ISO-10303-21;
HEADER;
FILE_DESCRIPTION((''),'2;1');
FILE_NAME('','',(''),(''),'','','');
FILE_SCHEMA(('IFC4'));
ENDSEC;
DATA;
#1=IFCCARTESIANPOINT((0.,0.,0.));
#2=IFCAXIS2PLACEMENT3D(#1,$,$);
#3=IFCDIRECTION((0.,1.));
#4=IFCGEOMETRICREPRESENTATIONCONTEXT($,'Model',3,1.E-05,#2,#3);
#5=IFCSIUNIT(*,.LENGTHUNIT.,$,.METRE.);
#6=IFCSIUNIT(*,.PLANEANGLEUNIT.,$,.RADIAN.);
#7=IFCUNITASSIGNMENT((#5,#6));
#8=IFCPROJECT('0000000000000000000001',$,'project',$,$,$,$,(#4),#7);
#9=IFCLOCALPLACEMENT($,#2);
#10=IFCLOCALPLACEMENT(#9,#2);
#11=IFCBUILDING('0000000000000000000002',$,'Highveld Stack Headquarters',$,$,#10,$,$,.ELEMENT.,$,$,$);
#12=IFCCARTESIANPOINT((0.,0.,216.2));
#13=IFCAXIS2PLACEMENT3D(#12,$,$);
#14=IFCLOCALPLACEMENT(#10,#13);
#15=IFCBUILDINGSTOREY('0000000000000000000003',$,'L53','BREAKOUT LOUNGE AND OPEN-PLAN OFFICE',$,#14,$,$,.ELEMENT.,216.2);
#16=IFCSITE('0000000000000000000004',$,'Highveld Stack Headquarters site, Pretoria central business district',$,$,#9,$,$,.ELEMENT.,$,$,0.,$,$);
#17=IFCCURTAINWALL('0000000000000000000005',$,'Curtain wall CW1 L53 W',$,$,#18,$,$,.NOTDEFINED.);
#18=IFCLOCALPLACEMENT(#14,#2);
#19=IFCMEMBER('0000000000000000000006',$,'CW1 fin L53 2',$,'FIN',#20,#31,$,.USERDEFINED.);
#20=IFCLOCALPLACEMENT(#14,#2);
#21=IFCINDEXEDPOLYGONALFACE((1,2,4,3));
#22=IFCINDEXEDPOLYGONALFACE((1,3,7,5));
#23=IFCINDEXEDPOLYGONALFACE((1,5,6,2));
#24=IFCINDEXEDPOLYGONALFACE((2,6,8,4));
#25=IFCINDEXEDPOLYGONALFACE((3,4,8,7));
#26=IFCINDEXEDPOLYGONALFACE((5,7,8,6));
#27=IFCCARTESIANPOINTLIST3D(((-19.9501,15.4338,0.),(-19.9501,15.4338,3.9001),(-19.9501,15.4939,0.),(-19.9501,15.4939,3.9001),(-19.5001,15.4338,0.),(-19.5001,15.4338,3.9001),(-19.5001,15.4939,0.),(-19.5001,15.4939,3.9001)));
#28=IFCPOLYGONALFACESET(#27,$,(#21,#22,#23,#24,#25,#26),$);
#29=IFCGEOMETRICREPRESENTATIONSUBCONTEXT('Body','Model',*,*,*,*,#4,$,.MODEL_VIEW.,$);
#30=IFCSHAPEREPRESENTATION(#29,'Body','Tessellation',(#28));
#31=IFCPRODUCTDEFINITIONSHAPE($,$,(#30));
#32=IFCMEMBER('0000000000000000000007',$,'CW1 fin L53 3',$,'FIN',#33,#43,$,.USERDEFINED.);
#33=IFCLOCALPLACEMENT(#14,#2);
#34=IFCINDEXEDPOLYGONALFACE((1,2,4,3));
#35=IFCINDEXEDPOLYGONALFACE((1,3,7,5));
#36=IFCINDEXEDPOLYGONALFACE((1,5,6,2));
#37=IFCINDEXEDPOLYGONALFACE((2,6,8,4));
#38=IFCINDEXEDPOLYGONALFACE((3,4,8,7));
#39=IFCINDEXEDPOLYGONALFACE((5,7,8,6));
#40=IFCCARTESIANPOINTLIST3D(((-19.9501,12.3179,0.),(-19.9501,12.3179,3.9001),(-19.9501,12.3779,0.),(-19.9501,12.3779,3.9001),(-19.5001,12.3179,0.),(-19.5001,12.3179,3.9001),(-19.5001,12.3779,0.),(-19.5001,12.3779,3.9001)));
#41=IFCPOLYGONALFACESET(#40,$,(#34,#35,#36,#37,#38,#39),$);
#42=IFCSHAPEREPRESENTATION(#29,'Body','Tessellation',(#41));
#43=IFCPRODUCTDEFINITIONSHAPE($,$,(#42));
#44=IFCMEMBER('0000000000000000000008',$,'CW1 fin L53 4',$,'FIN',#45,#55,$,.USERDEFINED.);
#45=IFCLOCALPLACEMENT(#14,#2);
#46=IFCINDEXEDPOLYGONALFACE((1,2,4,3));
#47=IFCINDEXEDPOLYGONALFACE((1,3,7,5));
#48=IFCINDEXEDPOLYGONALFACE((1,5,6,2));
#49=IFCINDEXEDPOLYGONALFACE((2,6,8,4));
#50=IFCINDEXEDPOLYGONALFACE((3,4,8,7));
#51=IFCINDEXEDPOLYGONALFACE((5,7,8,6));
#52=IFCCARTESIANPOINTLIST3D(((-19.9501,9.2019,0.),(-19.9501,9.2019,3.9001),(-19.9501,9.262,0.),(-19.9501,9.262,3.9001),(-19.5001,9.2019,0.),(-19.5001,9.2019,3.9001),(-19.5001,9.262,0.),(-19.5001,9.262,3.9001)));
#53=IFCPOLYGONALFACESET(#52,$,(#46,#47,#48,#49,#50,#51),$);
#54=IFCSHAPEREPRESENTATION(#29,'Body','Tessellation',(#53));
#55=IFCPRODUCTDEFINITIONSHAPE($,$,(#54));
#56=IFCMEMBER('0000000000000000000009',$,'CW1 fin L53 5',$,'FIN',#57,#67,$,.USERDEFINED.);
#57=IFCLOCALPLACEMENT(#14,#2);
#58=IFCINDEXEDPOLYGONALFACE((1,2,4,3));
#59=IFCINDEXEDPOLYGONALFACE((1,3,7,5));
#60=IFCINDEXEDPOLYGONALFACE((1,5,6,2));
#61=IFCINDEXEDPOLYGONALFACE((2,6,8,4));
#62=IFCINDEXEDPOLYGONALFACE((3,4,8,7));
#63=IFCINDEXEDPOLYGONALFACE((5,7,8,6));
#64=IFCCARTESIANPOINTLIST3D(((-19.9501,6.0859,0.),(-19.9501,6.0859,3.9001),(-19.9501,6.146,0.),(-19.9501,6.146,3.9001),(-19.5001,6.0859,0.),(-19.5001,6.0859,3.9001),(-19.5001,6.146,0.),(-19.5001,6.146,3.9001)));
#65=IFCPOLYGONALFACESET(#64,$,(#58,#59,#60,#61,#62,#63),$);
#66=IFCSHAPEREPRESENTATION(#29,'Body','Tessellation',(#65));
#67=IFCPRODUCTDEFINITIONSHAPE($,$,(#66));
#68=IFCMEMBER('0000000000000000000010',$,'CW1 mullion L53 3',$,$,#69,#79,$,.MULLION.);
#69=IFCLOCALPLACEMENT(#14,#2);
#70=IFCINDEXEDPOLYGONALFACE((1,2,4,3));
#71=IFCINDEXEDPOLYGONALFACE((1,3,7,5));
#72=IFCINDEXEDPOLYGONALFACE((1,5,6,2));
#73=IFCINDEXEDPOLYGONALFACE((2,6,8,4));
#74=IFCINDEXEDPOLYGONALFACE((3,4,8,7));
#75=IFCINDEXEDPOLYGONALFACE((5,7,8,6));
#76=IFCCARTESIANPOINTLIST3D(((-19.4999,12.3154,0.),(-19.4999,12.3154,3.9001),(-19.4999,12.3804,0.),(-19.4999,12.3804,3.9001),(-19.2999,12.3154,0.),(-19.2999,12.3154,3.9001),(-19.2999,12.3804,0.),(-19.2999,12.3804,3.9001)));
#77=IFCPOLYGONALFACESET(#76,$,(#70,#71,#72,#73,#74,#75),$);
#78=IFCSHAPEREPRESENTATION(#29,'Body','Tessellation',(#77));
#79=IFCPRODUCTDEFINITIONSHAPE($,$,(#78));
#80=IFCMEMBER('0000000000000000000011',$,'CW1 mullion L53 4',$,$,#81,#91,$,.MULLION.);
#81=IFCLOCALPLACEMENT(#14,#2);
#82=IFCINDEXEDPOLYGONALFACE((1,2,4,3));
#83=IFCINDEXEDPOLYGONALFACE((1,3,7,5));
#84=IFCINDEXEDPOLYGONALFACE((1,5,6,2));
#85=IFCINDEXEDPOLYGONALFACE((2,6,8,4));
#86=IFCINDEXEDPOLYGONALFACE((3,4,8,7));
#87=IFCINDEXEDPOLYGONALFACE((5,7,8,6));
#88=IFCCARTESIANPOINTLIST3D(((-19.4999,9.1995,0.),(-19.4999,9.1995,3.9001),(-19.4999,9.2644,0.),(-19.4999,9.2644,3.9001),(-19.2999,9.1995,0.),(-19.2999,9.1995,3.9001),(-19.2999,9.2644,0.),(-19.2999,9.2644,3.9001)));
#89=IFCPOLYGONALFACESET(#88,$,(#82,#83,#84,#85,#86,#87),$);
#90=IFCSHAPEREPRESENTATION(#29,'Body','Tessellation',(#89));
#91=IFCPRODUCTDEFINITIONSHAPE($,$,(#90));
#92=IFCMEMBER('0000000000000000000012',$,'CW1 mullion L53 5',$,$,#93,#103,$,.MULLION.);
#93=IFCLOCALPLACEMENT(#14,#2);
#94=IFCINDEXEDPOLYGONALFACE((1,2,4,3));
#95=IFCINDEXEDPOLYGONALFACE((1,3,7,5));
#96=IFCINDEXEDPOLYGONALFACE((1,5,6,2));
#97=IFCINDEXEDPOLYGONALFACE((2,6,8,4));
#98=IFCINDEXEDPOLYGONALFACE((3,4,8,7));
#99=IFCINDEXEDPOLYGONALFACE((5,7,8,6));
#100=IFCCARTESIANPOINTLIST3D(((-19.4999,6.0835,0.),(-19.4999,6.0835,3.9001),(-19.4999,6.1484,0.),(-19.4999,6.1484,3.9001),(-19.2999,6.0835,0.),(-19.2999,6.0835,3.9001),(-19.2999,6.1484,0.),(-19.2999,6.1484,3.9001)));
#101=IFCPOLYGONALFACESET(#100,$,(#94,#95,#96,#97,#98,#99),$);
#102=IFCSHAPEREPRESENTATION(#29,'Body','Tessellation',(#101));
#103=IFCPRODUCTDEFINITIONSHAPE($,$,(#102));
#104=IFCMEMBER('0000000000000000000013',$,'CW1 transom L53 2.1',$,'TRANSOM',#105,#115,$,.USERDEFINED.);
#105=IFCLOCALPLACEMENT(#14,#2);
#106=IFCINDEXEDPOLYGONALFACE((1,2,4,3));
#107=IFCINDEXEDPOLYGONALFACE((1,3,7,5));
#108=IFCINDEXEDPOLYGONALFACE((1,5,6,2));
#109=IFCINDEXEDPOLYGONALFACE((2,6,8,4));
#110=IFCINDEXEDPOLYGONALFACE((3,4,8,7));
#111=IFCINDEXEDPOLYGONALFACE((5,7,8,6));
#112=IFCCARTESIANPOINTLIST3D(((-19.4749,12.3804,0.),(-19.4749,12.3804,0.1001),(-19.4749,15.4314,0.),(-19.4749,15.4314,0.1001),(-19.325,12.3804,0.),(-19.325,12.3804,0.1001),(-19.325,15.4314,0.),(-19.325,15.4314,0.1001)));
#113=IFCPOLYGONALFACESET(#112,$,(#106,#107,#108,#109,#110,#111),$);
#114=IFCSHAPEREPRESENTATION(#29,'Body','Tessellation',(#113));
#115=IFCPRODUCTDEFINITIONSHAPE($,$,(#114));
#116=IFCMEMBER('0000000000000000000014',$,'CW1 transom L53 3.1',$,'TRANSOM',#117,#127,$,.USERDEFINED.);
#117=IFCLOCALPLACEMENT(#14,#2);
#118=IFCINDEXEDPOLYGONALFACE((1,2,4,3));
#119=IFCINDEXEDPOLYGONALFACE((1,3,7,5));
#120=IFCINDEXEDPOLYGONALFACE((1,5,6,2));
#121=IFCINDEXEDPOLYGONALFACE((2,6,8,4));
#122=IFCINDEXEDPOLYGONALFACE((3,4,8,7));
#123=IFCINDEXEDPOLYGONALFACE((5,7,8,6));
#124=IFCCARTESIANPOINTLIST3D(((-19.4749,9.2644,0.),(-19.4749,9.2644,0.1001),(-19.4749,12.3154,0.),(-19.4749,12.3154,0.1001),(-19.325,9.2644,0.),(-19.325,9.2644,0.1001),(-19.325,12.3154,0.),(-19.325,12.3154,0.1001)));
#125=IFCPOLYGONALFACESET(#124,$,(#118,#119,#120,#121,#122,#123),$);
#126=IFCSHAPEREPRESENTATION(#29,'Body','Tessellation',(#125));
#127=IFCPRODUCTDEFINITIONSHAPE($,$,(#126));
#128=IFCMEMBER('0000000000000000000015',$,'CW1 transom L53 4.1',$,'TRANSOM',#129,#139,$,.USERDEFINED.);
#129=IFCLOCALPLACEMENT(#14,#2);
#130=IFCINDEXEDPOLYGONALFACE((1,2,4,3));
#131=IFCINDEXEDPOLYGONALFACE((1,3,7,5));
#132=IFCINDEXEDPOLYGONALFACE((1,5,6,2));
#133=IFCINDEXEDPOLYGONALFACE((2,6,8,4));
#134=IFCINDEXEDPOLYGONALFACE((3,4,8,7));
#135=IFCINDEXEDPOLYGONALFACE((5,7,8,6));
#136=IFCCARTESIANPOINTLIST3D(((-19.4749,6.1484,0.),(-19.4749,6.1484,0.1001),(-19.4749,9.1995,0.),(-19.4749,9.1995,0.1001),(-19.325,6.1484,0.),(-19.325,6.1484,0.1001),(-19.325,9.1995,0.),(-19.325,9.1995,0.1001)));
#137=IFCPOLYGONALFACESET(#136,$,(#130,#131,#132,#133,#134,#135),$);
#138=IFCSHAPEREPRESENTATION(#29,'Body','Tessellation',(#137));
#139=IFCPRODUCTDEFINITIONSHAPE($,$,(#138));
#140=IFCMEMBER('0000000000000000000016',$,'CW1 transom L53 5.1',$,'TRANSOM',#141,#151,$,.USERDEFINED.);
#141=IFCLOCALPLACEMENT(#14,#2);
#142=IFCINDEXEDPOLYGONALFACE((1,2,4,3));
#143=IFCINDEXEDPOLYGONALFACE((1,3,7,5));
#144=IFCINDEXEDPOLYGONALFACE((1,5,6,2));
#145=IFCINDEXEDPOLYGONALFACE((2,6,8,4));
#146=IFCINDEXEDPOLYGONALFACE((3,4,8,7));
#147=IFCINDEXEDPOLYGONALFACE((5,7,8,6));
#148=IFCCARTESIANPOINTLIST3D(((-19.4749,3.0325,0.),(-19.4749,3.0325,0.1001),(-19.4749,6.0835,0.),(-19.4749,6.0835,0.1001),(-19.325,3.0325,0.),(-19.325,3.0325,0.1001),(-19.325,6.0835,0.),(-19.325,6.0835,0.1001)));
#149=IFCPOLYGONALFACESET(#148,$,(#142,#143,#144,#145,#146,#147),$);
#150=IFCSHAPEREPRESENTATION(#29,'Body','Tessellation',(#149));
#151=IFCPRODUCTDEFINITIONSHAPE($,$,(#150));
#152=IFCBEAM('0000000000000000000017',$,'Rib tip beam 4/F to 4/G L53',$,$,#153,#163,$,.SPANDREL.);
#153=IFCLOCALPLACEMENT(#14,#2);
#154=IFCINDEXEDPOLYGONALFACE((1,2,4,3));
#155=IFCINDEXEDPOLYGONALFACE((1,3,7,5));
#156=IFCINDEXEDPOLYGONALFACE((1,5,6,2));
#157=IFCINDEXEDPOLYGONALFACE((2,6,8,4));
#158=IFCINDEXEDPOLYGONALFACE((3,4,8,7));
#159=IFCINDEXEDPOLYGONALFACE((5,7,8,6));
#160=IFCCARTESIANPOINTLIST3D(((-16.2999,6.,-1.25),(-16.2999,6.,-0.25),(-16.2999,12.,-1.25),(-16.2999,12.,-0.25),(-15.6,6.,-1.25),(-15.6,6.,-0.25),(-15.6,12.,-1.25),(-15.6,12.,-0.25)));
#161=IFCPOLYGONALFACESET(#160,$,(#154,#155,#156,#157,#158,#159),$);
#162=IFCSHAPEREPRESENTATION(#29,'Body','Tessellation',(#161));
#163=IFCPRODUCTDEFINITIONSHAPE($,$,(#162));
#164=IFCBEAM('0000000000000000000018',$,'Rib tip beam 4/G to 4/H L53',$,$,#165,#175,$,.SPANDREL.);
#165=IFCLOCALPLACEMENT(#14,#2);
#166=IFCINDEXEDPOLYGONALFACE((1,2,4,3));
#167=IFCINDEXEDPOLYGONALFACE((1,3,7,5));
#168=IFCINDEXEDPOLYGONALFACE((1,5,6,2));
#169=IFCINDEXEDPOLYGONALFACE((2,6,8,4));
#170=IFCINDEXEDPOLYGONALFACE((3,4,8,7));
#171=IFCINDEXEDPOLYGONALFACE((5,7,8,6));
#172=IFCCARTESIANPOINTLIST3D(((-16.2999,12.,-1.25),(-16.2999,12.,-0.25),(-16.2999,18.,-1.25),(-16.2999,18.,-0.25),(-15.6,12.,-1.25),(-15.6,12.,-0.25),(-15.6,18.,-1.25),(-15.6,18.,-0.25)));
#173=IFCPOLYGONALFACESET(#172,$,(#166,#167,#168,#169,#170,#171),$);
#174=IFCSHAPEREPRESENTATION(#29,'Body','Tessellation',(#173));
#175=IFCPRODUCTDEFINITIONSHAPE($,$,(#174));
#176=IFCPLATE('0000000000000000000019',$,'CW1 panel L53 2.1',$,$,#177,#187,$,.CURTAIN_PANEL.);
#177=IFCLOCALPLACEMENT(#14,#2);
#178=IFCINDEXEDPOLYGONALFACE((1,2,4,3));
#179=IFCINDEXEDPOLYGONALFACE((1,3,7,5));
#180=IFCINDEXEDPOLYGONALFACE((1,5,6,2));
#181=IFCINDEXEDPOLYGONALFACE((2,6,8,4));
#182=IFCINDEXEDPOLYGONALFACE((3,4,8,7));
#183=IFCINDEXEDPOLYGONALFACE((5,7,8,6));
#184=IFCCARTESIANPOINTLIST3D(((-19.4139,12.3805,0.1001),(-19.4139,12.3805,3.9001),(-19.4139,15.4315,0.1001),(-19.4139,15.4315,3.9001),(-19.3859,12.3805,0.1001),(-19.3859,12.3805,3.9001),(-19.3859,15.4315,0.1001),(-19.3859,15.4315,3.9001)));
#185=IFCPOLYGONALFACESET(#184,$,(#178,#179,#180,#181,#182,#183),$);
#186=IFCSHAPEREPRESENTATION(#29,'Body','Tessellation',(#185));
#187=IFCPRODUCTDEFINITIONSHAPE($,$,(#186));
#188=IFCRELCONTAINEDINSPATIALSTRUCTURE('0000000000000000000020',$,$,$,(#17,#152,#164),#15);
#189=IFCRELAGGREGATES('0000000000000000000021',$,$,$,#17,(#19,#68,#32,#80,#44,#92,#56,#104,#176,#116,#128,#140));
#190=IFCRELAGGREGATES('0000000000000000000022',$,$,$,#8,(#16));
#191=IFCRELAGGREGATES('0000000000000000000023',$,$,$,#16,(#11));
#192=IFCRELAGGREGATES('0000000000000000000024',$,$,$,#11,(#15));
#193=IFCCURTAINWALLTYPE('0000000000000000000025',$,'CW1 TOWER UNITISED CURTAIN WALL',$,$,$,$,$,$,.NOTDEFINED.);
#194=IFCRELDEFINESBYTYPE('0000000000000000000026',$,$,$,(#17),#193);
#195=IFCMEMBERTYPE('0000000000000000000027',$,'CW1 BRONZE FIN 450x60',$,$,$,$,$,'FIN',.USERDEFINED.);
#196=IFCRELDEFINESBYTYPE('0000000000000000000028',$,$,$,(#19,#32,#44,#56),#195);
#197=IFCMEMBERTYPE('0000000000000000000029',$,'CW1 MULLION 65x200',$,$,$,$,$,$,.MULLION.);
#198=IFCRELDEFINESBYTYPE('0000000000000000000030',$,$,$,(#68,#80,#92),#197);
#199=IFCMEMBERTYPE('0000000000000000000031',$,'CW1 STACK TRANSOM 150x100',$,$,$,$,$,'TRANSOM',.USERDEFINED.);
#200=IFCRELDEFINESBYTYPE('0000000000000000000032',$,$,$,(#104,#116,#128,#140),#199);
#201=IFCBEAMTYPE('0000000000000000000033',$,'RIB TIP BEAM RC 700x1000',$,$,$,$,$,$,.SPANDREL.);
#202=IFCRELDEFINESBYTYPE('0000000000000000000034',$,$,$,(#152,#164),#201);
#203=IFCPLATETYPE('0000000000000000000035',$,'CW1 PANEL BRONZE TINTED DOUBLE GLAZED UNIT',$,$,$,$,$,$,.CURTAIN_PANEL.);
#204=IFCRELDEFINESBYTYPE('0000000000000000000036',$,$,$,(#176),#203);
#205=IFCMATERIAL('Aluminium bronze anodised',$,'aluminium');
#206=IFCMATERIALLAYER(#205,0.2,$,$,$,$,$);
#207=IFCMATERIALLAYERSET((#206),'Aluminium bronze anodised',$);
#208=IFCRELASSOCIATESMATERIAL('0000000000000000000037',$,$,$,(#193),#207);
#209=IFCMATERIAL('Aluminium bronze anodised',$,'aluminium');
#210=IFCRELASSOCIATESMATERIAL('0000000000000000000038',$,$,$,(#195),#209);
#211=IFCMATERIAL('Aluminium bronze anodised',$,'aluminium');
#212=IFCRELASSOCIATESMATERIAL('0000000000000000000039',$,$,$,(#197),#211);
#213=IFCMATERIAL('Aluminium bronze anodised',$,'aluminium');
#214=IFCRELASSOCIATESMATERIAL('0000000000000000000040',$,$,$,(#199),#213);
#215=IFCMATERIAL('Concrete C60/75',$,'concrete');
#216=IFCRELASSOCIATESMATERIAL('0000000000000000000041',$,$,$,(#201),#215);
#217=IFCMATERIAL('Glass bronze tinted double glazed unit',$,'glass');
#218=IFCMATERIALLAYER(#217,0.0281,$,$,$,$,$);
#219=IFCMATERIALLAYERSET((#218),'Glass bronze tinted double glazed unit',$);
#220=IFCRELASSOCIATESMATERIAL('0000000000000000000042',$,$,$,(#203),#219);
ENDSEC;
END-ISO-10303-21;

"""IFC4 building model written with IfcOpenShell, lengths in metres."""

from ifc_helpers import new_model, si_unit, direction, frame, origin, origin_2d, place, context, subcontext, project, spatial, rectangle, extrude, material, layer, layer_set, material_profile, profile_set, type_object, element, aggregate, save


model = new_model("IFC4")

# Units and contexts
model_context = context("Model", 3, precision=1e-05, world=origin(), true_north=direction((0.0, 1.0)))
body_context = subcontext(model_context, "Body", "Model", "MODEL_VIEW")
ifc_project = project(units=[si_unit("LENGTHUNIT", "METRE"), si_unit("PLANEANGLEUNIT", "RADIAN")], contexts=[model_context])

# Site, building, storey
site_placement = place(None, origin())
site = spatial("IfcSite", under=ifc_project, at=site_placement, Name="Highveld Stack Headquarters site, Pretoria central business district", CompositionType="ELEMENT", RefElevation=0.0)
building_placement = place(site_placement, origin())
building = spatial("IfcBuilding", under=site, at=building_placement, Name="Highveld Stack Headquarters", CompositionType="ELEMENT")
storey_placement = place(building_placement, frame((0.0, 0.0, 216.2)))
storey = spatial("IfcBuildingStorey", under=building, at=storey_placement, Name="L53", Description="BREAKOUT LOUNGE AND OPEN-PLAN OFFICE", CompositionType="ELEMENT", Elevation=216.2)

# Curtain wall, members
ifc_material_1 = material(Name="Aluminium bronze anodised", Category="aluminium")
ifc_layer_1 = layer(ifc_material_1, 0.2)
ifc_layer_set_1 = layer_set([ifc_layer_1], Name="Aluminium bronze anodised")
curtain_wall_type = type_object("IfcCurtainWallType", Name="CW1 TOWER UNITISED CURTAIN WALL", PredefinedType="NOTDEFINED", material=ifc_layer_set_1)
curtain_wall_placement = place(storey_placement, origin())
curtain_wall = element("IfcCurtainWall", 1, at=curtain_wall_placement, inside=storey, type_object=curtain_wall_type, Name="Curtain wall CW1 L53 W", PredefinedType="NOTDEFINED")
ifc_material_2 = material(Name="Aluminium bronze anodised", Category="aluminium")
ifc_material_profile_1 = material_profile(ifc_material_2, rectangle(XDim=0.45, YDim=0.0601, at=origin_2d()), Name="FIN 450x60")
ifc_profile_set_1 = profile_set([ifc_material_profile_1], Name="Aluminium bronze anodised")
member_type_1 = type_object("IfcMemberType", Name="CW1 BRONZE FIN 450x60", ElementType="FIN", PredefinedType="USERDEFINED", material=ifc_profile_set_1)
member_1_placement = place(storey_placement, frame((-19.7251, 15.4639, 0.0), z_axis=(0.0, 0.0, 1.0), x_axis=(1.0, 0.0, 0.0)))
member_1 = element("IfcMember", 2, at=member_1_placement, type_object=member_type_1, Name="CW1 fin L53 2", ObjectType="FIN", PredefinedType="USERDEFINED", context=body_context, shape_type="SweptSolid", body=[
    extrude(rectangle(XDim=0.45, YDim=0.0601, at=origin_2d()), origin(), (0.0, 0.0, 1.0), 3.9001),
])
member_2_placement = place(storey_placement, frame((-19.7251, 12.3479, 0.0), z_axis=(0.0, 0.0, 1.0), x_axis=(1.0, 0.0, 0.0)))
member_2 = element("IfcMember", 3, at=member_2_placement, type_object=member_type_1, Name="CW1 fin L53 3", ObjectType="FIN", PredefinedType="USERDEFINED", context=body_context, shape_type="SweptSolid", body=[
    extrude(rectangle(XDim=0.45, YDim=0.0601, at=origin_2d()), origin(), (0.0, 0.0, 1.0), 3.9001),
])
member_3_placement = place(storey_placement, frame((-19.7251, 9.2319, 0.0), z_axis=(0.0, 0.0, 1.0), x_axis=(1.0, 0.0, 0.0)))
member_3 = element("IfcMember", 4, at=member_3_placement, type_object=member_type_1, Name="CW1 fin L53 4", ObjectType="FIN", PredefinedType="USERDEFINED", context=body_context, shape_type="SweptSolid", body=[
    extrude(rectangle(XDim=0.45, YDim=0.0601, at=origin_2d()), origin(), (0.0, 0.0, 1.0), 3.9001),
])
member_4_placement = place(storey_placement, frame((-19.7251, 6.116, 0.0), z_axis=(0.0, 0.0, 1.0), x_axis=(1.0, 0.0, 0.0)))
member_4 = element("IfcMember", 5, at=member_4_placement, type_object=member_type_1, Name="CW1 fin L53 5", ObjectType="FIN", PredefinedType="USERDEFINED", context=body_context, shape_type="SweptSolid", body=[
    extrude(rectangle(XDim=0.45, YDim=0.0601, at=origin_2d()), origin(), (0.0, 0.0, 1.0), 3.9001),
])
ifc_material_3 = material(Name="Aluminium bronze anodised", Category="aluminium")
ifc_material_profile_2 = material_profile(ifc_material_3, rectangle(XDim=0.2, YDim=0.0649, at=origin_2d()), Name="CW1 MULLION 65x200")
ifc_profile_set_2 = profile_set([ifc_material_profile_2], Name="Aluminium bronze anodised")
member_type_2 = type_object("IfcMemberType", Name="CW1 MULLION 65x200", PredefinedType="MULLION", material=ifc_profile_set_2)
member_5_placement = place(storey_placement, frame((-19.3999, 12.3479, 0.0), z_axis=(0.0, 0.0, 1.0), x_axis=(1.0, 0.0, 0.0)))
member_5 = element("IfcMember", 6, at=member_5_placement, type_object=member_type_2, Name="CW1 mullion L53 3", PredefinedType="MULLION", context=body_context, shape_type="SweptSolid", body=[
    extrude(rectangle(XDim=0.2, YDim=0.0649, at=origin_2d()), origin(), (0.0, 0.0, 1.0), 3.9001),
])
member_6_placement = place(storey_placement, frame((-19.3999, 9.2319, 0.0), z_axis=(0.0, 0.0, 1.0), x_axis=(1.0, 0.0, 0.0)))
member_6 = element("IfcMember", 7, at=member_6_placement, type_object=member_type_2, Name="CW1 mullion L53 4", PredefinedType="MULLION", context=body_context, shape_type="SweptSolid", body=[
    extrude(rectangle(XDim=0.2, YDim=0.0649, at=origin_2d()), origin(), (0.0, 0.0, 1.0), 3.9001),
])
member_7_placement = place(storey_placement, frame((-19.3999, 6.116, 0.0), z_axis=(0.0, 0.0, 1.0), x_axis=(1.0, 0.0, 0.0)))
member_7 = element("IfcMember", 8, at=member_7_placement, type_object=member_type_2, Name="CW1 mullion L53 5", PredefinedType="MULLION", context=body_context, shape_type="SweptSolid", body=[
    extrude(rectangle(XDim=0.2, YDim=0.0649, at=origin_2d()), origin(), (0.0, 0.0, 1.0), 3.9001),
])
ifc_material_4 = material(Name="Aluminium bronze anodised", Category="aluminium")
ifc_material_profile_3 = material_profile(ifc_material_4, rectangle(XDim=0.1499, YDim=0.1001, at=origin_2d()), Name="CW1 TRANSOM 150x100")
ifc_profile_set_3 = profile_set([ifc_material_profile_3], Name="Aluminium bronze anodised")
member_type_3 = type_object("IfcMemberType", Name="CW1 STACK TRANSOM 150x100", ElementType="TRANSOM", PredefinedType="USERDEFINED", material=ifc_profile_set_3)
member_8_placement = place(storey_placement, frame((-19.3999, 15.4314, 0.05), z_axis=(0.0, -1.0, 0.0), x_axis=(1.0, 0.0, 0.0)))
member_8 = element("IfcMember", 9, at=member_8_placement, type_object=member_type_3, Name="CW1 transom L53 2.1", ObjectType="TRANSOM", PredefinedType="USERDEFINED", context=body_context, shape_type="SweptSolid", body=[
    extrude(rectangle(XDim=0.1499, YDim=0.1001, at=origin_2d()), origin(), (0.0, 0.0, 1.0), 3.051),
])
member_9_placement = place(storey_placement, frame((-19.3999, 12.3154, 0.05), z_axis=(0.0, -1.0, 0.0), x_axis=(1.0, 0.0, 0.0)))
member_9 = element("IfcMember", 10, at=member_9_placement, type_object=member_type_3, Name="CW1 transom L53 3.1", ObjectType="TRANSOM", PredefinedType="USERDEFINED", context=body_context, shape_type="SweptSolid", body=[
    extrude(rectangle(XDim=0.1499, YDim=0.1001, at=origin_2d()), origin(), (0.0, 0.0, 1.0), 3.051),
])
member_10_placement = place(storey_placement, frame((-19.3999, 9.1995, 0.05), z_axis=(0.0, -1.0, 0.0), x_axis=(1.0, 0.0, 0.0)))
member_10 = element("IfcMember", 11, at=member_10_placement, type_object=member_type_3, Name="CW1 transom L53 4.1", ObjectType="TRANSOM", PredefinedType="USERDEFINED", context=body_context, shape_type="SweptSolid", body=[
    extrude(rectangle(XDim=0.1499, YDim=0.1001, at=origin_2d()), origin(), (0.0, 0.0, 1.0), 3.051),
])
member_11_placement = place(storey_placement, frame((-19.3999, 6.0835, 0.05), z_axis=(0.0, -1.0, 0.0), x_axis=(1.0, 0.0, 0.0)))
member_11 = element("IfcMember", 12, at=member_11_placement, type_object=member_type_3, Name="CW1 transom L53 5.1", ObjectType="TRANSOM", PredefinedType="USERDEFINED", context=body_context, shape_type="SweptSolid", body=[
    extrude(rectangle(XDim=0.1499, YDim=0.1001, at=origin_2d()), origin(), (0.0, 0.0, 1.0), 3.051),
])

# Beams
ifc_material_5 = material(Name="Concrete C60/75", Category="concrete")
ifc_material_profile_4 = material_profile(ifc_material_5, rectangle(XDim=0.7, YDim=1.0, at=origin_2d()), Name="RC 700x1000")
ifc_profile_set_4 = profile_set([ifc_material_profile_4], Name="Concrete C60/75")
beam_type = type_object("IfcBeamType", Name="RIB TIP BEAM RC 700x1000", PredefinedType="SPANDREL", material=ifc_profile_set_4)
for number, where, z_axis, x_axis, name in (
    (13, (-15.95, 6.0, -0.75), (0.0, 1.0, 0.0), (-1.0, 0.0, 0.0), "Rib tip beam 4/F to 4/G L53"),
    (14, (-15.95, 12.0, -0.75), (0.0, 1.0, 0.0), (-1.0, 0.0, 0.0), "Rib tip beam 4/G to 4/H L53"),
):
    element("IfcBeam", number, at=place(storey_placement, frame(where, z_axis=z_axis, x_axis=x_axis)), inside=storey, type_object=beam_type, Name=name, PredefinedType="SPANDREL", context=body_context, shape_type="SweptSolid", body=[
        extrude(rectangle(XDim=0.7, YDim=1.0, at=origin_2d()), origin(), (0.0, 0.0, 1.0), 6.0),
    ])

# Plate
ifc_material_6 = material(Name="Glass bronze tinted double glazed unit", Category="glass")
ifc_layer_2 = layer(ifc_material_6, 0.0281)
ifc_layer_set_2 = layer_set([ifc_layer_2], Name="Glass bronze tinted double glazed unit")
plate_type = type_object("IfcPlateType", Name="CW1 PANEL BRONZE TINTED DOUBLE GLAZED UNIT", PredefinedType="CURTAIN_PANEL", material=ifc_layer_set_2)
plate_1_placement = place(storey_placement, frame((-19.3999, 13.906, 0.1001), z_axis=(0.0, 0.0, 1.0), x_axis=(0.0, -1.0, 0.0)))
plate_1 = element("IfcPlate", 15, at=plate_1_placement, type_object=plate_type, Name="CW1 panel L53 2.1", PredefinedType="CURTAIN_PANEL", context=body_context, shape_type="SweptSolid", body=[
    extrude(rectangle(XDim=3.051, YDim=0.0281, at=origin_2d()), origin(), (0.0, 0.0, 1.0), 3.8),
])
aggregate(curtain_wall, [member_1, member_5, member_2, member_6, member_3, member_7, member_4, member_8, plate_1, member_9, member_10, member_11])

save(model, "model.ifc")
